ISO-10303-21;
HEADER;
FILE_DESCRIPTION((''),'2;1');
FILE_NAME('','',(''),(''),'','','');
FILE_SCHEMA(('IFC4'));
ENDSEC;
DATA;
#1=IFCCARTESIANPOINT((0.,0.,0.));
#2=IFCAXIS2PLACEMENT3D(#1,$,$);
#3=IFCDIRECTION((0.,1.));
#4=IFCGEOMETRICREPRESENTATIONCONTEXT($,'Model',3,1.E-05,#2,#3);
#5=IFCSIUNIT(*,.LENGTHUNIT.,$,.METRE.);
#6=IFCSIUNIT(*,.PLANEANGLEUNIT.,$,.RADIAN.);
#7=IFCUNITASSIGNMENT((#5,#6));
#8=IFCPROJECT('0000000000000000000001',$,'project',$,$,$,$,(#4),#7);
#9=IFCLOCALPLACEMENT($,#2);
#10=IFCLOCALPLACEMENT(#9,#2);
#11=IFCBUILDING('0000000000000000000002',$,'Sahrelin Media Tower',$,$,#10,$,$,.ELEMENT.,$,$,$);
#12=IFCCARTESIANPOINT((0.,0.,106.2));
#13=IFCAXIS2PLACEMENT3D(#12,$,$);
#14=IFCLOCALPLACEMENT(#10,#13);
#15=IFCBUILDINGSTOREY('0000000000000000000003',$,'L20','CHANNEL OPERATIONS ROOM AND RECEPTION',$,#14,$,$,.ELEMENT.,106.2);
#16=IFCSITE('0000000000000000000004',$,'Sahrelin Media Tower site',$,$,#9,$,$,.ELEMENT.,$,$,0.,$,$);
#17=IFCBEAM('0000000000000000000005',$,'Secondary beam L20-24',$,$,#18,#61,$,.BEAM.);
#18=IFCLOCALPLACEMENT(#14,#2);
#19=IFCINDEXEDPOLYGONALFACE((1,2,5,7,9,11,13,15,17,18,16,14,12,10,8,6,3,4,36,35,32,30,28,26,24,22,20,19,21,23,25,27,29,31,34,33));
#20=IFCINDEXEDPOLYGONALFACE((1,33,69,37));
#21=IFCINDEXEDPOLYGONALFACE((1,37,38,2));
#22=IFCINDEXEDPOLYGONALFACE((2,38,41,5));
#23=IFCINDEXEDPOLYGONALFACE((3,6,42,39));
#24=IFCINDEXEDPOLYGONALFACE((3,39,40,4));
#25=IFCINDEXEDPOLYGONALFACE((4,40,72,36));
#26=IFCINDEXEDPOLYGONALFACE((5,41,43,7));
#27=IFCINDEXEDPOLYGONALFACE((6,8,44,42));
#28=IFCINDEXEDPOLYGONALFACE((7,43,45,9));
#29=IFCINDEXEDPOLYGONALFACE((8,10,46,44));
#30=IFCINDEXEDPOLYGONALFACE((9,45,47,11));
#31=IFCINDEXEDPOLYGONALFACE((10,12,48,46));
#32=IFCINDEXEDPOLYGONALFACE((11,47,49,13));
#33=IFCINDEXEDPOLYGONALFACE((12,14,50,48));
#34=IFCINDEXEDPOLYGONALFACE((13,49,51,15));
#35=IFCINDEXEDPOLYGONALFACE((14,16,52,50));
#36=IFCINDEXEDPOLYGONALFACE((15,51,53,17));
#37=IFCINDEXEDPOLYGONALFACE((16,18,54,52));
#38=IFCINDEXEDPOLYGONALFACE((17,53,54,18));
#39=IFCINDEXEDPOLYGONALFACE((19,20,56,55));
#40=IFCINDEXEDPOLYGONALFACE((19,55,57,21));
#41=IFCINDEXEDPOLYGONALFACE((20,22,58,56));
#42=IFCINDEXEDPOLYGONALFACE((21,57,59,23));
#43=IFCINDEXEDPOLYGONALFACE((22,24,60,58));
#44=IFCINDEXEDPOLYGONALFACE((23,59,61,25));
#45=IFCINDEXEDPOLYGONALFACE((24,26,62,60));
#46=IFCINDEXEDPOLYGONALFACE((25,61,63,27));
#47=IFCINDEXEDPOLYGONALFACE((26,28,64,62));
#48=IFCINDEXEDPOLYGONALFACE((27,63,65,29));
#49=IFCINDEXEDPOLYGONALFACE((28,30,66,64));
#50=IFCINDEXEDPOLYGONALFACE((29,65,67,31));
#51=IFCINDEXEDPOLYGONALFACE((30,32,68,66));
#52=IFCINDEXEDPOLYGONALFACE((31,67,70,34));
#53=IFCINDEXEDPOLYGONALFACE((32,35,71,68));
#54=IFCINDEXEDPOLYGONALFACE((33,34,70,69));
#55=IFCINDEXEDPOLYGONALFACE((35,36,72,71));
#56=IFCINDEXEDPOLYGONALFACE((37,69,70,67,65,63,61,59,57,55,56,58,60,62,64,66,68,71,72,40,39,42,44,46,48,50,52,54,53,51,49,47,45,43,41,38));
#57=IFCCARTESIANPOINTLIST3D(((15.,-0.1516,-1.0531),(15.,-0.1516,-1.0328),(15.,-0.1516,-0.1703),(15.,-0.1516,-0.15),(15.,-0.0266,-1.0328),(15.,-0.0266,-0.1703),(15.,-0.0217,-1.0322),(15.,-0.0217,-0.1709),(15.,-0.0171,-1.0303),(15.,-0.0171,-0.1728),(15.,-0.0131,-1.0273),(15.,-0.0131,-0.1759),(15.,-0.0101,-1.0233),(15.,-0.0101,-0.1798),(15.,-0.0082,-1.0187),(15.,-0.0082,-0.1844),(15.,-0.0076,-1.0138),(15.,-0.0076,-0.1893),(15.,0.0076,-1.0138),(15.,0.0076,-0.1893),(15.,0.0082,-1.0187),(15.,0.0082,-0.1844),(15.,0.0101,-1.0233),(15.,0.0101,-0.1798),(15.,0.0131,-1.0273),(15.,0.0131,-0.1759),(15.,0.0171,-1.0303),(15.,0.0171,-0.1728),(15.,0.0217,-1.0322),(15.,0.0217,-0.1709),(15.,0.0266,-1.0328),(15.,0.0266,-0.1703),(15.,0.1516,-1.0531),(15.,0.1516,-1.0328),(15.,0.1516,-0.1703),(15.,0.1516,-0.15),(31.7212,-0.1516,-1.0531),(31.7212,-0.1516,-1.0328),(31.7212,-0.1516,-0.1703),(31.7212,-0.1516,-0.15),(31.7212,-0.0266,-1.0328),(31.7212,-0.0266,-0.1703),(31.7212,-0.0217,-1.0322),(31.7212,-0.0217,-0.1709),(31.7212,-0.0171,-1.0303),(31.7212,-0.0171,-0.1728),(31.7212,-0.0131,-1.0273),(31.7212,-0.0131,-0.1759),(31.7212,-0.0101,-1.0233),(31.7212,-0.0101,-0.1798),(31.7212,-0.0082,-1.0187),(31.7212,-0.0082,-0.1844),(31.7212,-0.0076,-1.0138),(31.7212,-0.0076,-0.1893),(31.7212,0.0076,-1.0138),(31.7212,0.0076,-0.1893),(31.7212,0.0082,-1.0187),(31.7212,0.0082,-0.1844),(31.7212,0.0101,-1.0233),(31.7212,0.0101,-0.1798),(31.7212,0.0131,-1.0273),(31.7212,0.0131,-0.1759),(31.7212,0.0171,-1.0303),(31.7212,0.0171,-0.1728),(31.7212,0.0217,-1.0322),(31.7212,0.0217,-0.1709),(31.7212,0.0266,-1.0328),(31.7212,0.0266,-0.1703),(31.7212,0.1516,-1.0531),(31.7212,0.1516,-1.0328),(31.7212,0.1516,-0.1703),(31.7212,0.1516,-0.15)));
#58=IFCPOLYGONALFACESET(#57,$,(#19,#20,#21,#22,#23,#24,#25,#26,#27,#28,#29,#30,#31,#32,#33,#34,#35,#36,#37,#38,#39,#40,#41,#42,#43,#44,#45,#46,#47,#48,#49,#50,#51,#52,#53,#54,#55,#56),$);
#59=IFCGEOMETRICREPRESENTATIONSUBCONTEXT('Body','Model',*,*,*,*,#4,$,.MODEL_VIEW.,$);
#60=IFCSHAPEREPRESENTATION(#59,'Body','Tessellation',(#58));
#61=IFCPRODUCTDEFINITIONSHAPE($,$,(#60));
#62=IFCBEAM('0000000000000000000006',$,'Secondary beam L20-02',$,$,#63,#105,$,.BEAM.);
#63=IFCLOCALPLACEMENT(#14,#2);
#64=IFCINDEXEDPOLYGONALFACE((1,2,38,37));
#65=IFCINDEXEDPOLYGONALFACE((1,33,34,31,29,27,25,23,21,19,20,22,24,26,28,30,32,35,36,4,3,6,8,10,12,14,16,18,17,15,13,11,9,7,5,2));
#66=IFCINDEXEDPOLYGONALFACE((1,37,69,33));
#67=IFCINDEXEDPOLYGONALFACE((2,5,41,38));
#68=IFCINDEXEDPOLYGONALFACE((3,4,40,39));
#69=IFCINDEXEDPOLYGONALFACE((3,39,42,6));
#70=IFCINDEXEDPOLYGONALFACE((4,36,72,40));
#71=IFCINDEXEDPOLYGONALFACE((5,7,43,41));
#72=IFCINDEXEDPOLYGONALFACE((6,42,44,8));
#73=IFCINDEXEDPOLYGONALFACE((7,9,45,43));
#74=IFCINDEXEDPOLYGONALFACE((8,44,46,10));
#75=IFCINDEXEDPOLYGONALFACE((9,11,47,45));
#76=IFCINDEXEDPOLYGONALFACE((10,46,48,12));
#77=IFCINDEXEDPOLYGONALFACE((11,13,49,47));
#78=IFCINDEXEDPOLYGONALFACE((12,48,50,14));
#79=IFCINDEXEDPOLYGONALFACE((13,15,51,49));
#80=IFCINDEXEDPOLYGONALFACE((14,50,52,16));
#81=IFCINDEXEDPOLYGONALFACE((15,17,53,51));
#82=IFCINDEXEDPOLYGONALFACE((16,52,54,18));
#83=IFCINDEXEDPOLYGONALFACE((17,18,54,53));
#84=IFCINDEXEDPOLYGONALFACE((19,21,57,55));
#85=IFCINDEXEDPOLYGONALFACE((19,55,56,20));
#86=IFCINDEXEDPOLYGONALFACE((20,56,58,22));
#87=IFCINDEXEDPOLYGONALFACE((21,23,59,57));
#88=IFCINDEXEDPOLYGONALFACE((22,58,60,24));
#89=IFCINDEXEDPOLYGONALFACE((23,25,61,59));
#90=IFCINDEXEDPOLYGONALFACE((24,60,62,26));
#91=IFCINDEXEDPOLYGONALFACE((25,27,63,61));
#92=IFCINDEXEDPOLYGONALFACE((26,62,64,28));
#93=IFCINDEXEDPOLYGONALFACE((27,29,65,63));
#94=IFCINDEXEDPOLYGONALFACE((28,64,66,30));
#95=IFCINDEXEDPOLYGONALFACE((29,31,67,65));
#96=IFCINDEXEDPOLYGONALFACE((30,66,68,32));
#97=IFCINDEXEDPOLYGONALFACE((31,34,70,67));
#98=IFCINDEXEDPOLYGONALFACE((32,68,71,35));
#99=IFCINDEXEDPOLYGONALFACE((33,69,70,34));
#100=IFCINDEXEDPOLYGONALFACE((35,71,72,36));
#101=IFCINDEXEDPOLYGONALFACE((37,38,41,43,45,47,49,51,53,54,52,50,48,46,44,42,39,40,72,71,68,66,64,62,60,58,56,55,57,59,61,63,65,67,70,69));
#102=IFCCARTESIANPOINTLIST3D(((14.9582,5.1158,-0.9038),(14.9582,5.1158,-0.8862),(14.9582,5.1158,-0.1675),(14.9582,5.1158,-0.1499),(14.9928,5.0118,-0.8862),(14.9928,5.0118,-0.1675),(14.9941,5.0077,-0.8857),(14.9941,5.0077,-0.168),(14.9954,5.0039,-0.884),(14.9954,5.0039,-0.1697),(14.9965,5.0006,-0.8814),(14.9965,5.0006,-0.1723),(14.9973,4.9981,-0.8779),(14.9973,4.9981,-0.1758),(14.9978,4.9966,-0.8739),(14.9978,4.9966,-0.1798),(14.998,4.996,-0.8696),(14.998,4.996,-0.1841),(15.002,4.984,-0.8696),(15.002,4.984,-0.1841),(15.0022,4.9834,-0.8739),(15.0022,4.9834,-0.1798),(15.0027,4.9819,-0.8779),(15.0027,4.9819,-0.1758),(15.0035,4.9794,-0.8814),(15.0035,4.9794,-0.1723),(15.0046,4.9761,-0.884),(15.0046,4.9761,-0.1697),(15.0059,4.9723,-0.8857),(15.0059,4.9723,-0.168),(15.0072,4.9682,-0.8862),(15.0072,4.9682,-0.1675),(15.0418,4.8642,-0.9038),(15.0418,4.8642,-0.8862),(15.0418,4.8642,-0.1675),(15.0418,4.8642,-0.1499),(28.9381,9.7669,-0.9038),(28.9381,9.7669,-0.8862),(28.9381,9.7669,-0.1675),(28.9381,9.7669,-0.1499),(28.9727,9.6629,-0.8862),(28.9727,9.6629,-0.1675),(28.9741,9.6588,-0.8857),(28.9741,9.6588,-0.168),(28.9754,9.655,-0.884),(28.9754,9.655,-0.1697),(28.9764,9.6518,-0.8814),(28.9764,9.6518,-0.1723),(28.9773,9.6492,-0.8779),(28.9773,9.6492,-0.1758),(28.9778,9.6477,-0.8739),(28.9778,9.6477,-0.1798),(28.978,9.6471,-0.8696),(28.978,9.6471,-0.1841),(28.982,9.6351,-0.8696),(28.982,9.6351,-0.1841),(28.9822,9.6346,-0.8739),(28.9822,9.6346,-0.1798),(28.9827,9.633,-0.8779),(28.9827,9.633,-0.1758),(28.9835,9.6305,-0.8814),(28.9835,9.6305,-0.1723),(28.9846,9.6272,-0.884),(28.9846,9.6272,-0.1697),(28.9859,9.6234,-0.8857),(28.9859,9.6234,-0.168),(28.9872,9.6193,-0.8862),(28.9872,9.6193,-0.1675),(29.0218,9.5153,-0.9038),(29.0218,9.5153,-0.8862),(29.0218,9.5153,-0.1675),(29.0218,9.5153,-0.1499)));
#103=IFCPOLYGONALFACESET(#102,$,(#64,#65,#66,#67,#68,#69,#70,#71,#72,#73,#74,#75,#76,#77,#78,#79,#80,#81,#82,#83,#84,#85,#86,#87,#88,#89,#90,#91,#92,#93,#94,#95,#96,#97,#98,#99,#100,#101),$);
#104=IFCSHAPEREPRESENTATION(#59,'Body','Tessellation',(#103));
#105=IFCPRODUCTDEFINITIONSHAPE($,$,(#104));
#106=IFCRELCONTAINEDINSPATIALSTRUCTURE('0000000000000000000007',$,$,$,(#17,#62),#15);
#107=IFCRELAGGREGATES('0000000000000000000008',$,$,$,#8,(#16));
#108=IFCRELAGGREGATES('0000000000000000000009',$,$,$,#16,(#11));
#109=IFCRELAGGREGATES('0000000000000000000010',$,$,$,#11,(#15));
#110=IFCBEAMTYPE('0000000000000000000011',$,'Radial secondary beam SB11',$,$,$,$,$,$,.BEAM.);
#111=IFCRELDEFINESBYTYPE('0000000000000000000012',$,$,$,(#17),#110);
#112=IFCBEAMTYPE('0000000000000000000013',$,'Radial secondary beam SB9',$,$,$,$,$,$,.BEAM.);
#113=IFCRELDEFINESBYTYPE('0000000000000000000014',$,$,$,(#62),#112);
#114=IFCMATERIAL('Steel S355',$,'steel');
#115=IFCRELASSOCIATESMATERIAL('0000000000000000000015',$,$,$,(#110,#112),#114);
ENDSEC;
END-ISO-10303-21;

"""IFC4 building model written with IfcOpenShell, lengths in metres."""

from ifc_helpers import new_model, si_unit, direction, frame, origin, origin_2d, place, context, subcontext, project, spatial, i_section, extrude, material, material_profile, profile_set, type_object, element, save


model = new_model("IFC4")

# Units and contexts
model_context = context("Model", 3, precision=1e-05, world=origin(), true_north=direction((0.0, 1.0)))
body_context = subcontext(model_context, "Body", "Model", "MODEL_VIEW")
ifc_project = project(units=[si_unit("LENGTHUNIT", "METRE"), si_unit("PLANEANGLEUNIT", "RADIAN")], contexts=[model_context])

# Site, building, storey
site_placement = place(None, origin())
site = spatial("IfcSite", under=ifc_project, at=site_placement, Name="Sahrelin Media Tower site", CompositionType="ELEMENT", RefElevation=0.0)
building_placement = place(site_placement, origin())
building = spatial("IfcBuilding", under=site, at=building_placement, Name="Sahrelin Media Tower", CompositionType="ELEMENT")
storey_placement = place(building_placement, frame((0.0, 0.0, 106.2)))
storey = spatial("IfcBuildingStorey", under=building, at=storey_placement, Name="L20", Description="CHANNEL OPERATIONS ROOM AND RECEPTION", CompositionType="ELEMENT", Elevation=106.2)

# Beams
ifc_material_1 = material(Name="Steel S355", Category="steel")
ifc_material_profile_1 = material_profile(ifc_material_1, i_section(OverallWidth=0.3032, OverallDepth=0.9031, WebThickness=0.0151, FlangeThickness=0.0203, FilletRadius=0.019, at=origin_2d()), Name="UB 914x305x201")
ifc_profile_set_1 = profile_set([ifc_material_profile_1], Name="Steel S355")
beam_type_1 = type_object("IfcBeamType", Name="Radial secondary beam SB11", PredefinedType="BEAM", material=ifc_profile_set_1)
beam_1_placement = place(storey_placement, frame((15.0, 0.0, -0.6016), z_axis=(1.0, 0.0, 0.0), x_axis=(0.0, 1.0, 0.0)))
element("IfcBeam", 1, at=beam_1_placement, inside=storey, type_object=beam_type_1, Name="Secondary beam L20-24", PredefinedType="BEAM", context=body_context, shape_type="SweptSolid", body=[
    extrude(i_section(OverallWidth=0.3032, OverallDepth=0.9031, WebThickness=0.0151, FlangeThickness=0.0203, FilletRadius=0.019, at=origin_2d()), origin(), (0.0, 0.0, 1.0), 16.7212),
])
ifc_material_profile_2 = material_profile(ifc_material_1, i_section(OverallWidth=0.2651, OverallDepth=0.7539, WebThickness=0.0127, FlangeThickness=0.0176, FilletRadius=0.0166, at=origin_2d()), Name="UB 762x267x147")
ifc_profile_set_2 = profile_set([ifc_material_profile_2], Name="Steel S355")
beam_type_2 = type_object("IfcBeamType", Name="Radial secondary beam SB9", PredefinedType="BEAM", material=ifc_profile_set_2)
beam_2_placement = place(storey_placement, frame((15.0, 4.99, -0.5269), z_axis=(0.948864, 0.315686, 0.0), x_axis=(-0.315686, 0.948864, 0.0)))
element("IfcBeam", 2, at=beam_2_placement, inside=storey, type_object=beam_type_2, Name="Secondary beam L20-02", PredefinedType="BEAM", context=body_context, shape_type="SweptSolid", body=[
    extrude(i_section(OverallWidth=0.2651, OverallDepth=0.7539, WebThickness=0.0127, FlangeThickness=0.0176, FilletRadius=0.0166, at=origin_2d()), origin(), (0.0, 0.0, 1.0), 14.7334),
])

save(model, "model.ifc")
